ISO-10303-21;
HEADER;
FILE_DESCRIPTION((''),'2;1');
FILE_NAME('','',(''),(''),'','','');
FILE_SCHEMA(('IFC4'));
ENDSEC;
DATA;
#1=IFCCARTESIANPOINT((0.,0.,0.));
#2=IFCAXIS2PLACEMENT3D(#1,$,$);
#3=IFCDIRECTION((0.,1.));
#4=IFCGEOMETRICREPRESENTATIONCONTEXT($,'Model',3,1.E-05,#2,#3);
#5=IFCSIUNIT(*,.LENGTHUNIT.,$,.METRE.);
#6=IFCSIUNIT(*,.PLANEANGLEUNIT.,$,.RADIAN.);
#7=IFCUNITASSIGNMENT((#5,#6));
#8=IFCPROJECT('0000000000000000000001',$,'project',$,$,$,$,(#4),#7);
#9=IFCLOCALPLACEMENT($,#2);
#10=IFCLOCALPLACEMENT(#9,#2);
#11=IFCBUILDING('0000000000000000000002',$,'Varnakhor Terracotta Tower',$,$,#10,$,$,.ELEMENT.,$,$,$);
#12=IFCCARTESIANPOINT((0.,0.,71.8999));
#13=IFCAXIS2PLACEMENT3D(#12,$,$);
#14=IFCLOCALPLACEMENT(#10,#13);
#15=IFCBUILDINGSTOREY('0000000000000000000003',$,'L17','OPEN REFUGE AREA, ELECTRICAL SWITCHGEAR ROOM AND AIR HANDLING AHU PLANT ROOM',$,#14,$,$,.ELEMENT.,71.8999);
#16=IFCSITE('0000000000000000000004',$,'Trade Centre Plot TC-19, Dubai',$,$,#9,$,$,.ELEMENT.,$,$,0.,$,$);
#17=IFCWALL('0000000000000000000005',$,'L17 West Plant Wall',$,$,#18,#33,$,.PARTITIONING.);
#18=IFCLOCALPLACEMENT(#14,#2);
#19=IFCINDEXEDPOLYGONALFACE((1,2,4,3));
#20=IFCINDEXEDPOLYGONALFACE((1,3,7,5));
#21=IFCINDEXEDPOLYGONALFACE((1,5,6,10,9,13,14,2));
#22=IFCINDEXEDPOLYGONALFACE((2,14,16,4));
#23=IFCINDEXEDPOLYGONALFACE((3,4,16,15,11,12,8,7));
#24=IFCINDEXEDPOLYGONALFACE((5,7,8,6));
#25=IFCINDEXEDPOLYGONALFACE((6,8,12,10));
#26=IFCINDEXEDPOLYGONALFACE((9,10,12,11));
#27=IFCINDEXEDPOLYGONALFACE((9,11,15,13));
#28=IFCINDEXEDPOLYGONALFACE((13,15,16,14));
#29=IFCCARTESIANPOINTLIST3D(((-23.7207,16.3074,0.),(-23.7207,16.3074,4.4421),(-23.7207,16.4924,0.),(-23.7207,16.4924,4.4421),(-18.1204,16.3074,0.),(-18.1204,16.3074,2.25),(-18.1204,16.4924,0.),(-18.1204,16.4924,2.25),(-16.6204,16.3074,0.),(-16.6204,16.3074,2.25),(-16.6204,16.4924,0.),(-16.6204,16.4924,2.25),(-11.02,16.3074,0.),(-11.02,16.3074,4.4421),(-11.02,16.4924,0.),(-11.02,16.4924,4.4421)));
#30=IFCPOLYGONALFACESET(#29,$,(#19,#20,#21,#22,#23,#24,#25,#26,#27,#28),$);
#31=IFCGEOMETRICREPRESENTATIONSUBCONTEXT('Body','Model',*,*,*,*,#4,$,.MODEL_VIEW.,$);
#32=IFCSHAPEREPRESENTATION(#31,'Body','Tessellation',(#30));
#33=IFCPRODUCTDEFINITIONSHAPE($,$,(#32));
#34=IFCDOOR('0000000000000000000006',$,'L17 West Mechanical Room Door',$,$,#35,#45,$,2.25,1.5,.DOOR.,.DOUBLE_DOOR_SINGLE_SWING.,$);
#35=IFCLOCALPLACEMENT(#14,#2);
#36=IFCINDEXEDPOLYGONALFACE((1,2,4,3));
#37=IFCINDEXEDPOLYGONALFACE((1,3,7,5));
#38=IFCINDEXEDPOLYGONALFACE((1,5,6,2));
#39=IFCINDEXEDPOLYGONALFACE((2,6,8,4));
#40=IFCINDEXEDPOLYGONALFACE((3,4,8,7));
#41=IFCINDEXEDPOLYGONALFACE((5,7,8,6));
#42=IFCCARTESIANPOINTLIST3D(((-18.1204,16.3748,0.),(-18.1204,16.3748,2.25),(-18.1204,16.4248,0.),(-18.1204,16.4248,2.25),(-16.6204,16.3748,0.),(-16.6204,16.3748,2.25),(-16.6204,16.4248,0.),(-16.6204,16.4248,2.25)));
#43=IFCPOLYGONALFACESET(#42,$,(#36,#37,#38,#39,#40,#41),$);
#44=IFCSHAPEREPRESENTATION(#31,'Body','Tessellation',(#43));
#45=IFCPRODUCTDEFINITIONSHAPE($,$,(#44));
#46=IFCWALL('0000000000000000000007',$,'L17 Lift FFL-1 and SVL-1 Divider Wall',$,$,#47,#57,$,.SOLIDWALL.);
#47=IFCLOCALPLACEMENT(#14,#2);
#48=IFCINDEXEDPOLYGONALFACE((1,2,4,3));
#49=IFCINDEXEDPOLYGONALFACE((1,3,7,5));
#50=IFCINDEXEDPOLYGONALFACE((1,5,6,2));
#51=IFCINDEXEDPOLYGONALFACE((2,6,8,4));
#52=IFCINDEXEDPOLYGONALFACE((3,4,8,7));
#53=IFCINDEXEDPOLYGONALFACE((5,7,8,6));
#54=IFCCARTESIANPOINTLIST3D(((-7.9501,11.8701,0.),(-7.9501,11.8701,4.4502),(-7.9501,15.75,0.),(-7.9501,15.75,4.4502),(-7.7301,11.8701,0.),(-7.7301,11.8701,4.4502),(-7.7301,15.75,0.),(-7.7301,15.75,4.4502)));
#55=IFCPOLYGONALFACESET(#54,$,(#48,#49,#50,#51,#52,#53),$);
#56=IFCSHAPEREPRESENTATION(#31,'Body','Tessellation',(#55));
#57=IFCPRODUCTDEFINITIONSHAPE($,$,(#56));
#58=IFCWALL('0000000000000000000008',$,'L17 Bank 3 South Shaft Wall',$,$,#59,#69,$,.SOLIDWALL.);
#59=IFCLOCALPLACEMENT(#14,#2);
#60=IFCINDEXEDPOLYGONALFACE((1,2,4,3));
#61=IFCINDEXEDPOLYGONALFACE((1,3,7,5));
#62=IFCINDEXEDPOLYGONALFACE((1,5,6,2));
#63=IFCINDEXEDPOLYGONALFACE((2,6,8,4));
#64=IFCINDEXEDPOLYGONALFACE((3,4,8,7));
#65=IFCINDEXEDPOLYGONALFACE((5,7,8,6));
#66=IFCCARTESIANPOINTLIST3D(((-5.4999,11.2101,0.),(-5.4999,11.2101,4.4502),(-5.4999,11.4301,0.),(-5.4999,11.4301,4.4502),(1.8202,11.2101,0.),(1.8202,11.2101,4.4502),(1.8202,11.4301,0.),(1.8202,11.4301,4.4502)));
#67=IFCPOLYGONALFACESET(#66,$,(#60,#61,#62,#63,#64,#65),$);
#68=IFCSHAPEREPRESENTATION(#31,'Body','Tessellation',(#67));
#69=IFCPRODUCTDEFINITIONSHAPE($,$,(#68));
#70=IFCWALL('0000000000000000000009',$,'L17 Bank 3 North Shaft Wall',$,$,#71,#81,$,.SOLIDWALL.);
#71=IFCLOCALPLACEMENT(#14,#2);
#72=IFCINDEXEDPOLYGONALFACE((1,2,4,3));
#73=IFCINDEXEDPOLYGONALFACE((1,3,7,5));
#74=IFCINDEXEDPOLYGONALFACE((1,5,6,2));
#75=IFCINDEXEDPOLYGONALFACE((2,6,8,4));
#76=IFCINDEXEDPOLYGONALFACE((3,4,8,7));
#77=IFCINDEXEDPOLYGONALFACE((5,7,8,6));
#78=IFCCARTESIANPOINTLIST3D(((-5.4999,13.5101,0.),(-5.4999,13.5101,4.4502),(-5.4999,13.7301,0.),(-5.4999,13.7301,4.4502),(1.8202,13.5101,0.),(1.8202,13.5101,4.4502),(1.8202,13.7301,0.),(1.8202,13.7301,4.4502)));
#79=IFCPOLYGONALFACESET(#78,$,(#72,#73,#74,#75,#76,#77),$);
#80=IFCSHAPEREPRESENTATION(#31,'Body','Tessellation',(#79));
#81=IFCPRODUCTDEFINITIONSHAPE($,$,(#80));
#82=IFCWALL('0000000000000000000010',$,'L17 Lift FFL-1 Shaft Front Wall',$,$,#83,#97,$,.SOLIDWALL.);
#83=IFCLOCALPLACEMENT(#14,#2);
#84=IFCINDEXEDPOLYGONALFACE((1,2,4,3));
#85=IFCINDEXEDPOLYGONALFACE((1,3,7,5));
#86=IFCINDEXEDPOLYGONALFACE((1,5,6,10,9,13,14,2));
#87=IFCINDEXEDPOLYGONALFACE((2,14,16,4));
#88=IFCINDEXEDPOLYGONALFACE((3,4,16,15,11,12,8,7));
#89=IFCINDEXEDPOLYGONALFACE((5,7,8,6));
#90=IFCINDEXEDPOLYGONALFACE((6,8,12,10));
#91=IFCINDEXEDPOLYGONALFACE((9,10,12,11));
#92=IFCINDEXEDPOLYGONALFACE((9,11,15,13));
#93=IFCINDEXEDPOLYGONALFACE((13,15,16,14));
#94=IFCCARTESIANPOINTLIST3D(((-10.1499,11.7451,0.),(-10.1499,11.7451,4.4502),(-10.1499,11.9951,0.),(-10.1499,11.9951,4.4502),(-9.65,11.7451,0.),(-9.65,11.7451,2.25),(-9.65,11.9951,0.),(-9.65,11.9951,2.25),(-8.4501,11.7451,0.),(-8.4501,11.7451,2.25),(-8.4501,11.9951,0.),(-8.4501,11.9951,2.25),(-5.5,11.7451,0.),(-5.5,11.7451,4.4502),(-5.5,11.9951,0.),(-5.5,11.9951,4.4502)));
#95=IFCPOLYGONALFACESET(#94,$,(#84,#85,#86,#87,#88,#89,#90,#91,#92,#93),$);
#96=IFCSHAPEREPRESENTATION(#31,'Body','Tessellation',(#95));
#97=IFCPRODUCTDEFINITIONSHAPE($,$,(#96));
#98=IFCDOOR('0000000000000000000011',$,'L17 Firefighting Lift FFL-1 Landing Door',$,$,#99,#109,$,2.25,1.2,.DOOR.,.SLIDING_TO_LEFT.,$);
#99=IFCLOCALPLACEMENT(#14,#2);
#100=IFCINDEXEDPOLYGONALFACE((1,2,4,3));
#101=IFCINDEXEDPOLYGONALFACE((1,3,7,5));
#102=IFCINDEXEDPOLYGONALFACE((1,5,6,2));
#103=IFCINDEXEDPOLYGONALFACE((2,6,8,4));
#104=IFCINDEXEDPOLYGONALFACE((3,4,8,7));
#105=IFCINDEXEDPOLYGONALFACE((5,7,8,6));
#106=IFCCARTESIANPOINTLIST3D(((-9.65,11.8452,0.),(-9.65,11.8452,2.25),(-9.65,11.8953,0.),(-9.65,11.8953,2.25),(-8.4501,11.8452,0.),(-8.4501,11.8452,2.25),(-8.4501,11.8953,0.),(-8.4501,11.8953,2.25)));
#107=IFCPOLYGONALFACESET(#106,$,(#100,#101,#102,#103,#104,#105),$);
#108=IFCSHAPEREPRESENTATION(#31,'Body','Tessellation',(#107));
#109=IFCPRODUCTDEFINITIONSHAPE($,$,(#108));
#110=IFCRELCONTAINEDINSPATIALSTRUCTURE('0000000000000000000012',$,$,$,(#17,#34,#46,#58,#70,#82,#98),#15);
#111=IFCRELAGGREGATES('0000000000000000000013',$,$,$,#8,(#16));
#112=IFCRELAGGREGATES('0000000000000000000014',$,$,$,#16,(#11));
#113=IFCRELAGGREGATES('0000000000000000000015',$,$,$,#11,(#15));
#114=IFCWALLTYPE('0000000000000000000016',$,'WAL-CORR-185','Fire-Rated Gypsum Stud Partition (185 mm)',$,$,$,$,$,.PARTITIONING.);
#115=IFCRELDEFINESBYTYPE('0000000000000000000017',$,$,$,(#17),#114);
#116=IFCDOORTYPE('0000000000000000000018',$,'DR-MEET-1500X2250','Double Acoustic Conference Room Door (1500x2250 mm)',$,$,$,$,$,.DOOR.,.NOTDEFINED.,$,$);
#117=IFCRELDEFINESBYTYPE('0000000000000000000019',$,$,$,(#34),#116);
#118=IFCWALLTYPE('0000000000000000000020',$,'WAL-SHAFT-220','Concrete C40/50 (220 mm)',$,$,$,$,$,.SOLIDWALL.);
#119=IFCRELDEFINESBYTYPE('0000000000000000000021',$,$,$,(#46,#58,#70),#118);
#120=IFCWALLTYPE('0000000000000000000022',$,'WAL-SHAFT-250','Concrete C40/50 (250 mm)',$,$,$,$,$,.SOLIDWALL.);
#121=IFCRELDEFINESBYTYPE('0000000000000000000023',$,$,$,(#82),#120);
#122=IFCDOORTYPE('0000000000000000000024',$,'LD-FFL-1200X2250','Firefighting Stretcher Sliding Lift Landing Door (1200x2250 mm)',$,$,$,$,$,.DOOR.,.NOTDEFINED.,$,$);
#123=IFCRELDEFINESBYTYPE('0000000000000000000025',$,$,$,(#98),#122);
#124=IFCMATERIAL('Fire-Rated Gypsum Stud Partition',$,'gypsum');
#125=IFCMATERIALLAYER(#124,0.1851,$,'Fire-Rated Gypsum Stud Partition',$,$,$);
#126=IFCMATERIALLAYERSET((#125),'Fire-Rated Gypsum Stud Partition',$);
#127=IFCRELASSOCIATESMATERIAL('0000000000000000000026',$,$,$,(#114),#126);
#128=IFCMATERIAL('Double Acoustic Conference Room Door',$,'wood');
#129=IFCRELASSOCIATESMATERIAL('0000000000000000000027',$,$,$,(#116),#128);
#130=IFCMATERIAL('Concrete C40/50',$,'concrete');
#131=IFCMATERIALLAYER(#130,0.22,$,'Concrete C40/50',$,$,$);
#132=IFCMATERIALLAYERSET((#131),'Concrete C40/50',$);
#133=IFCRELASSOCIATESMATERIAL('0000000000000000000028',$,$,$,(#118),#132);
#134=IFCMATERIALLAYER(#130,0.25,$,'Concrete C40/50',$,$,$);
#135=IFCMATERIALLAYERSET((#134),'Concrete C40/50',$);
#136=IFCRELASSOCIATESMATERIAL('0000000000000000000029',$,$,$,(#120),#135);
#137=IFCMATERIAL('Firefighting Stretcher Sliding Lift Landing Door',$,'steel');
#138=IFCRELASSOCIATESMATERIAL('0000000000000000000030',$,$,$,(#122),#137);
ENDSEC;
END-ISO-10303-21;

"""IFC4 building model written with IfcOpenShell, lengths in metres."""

from ifc_helpers import new_model, si_unit, direction, frame, frame_2d, origin, place, context, subcontext, project, spatial, rectangle, extrude, source, transform, mapped, material, layer, layer_set, type_object, type_shapes, element, fill, save


model = new_model("IFC4")

# Units and contexts
model_context = context("Model", 3, precision=1e-05, world=origin(), true_north=direction((0.0, 1.0)))
body_context = subcontext(model_context, "Body", "Model", "MODEL_VIEW")
ifc_project = project(units=[si_unit("LENGTHUNIT", "METRE"), si_unit("PLANEANGLEUNIT", "RADIAN")], contexts=[model_context])

# Site, building, storey
site_placement = place(None, origin())
site = spatial("IfcSite", under=ifc_project, at=site_placement, Name="Trade Centre Plot TC-19, Dubai", CompositionType="ELEMENT", RefElevation=0.0)
building_placement = place(site_placement, origin())
building = spatial("IfcBuilding", under=site, at=building_placement, Name="Varnakhor Terracotta Tower", CompositionType="ELEMENT")
storey_placement = place(building_placement, frame((0.0, 0.0, 71.8999)))
storey = spatial("IfcBuildingStorey", under=building, at=storey_placement, Name="L17", Description="OPEN REFUGE AREA, ELECTRICAL SWITCHGEAR ROOM AND AIR HANDLING AHU PLANT ROOM", CompositionType="ELEMENT", Elevation=71.8999)

# Wall, opening, door
ifc_material_1 = material(Name="Fire-Rated Gypsum Stud Partition", Category="gypsum")
ifc_layer_1 = layer(ifc_material_1, 0.1851, Name="Fire-Rated Gypsum Stud Partition")
ifc_layer_set_1 = layer_set([ifc_layer_1], Name="Fire-Rated Gypsum Stud Partition")
wall_type_1 = type_object("IfcWallType", Name="WAL-CORR-185", Description="Fire-Rated Gypsum Stud Partition (185 mm)", PredefinedType="PARTITIONING", material=ifc_layer_set_1)
wall_1_placement = place(storey_placement, frame((-23.7207, 16.3999, 0.0), z_axis=(0.0, 0.0, 1.0), x_axis=(1.0, 0.0, 0.0)))
wall_1 = element("IfcWall", 1, at=wall_1_placement, inside=storey, type_object=wall_type_1, Name="L17 West Plant Wall", PredefinedType="PARTITIONING", context=body_context, shape_type="SweptSolid", body=[
    extrude(rectangle(XDim=12.7007, YDim=0.1851, at=frame_2d((6.3503, 0.0))), origin(), (0.0, 0.0, 1.0), 4.4421),
])
opening_1_placement = place(wall_1_placement, frame((5.6003, 0.0, 0.0)))
opening_1 = element("IfcOpeningElement", 2, at=opening_1_placement, cuts=wall_1, PredefinedType="OPENING", context=body_context, shape_type="SweptSolid", body=[
    extrude(rectangle(XDim=1.5, YDim=2.25, at=frame_2d((0.75, 1.125))), frame((0.0, 0.1025, 0.0), z_axis=(0.0, -1.0, 0.0), x_axis=(1.0, 0.0, 0.0)), (0.0, 0.0, 1.0), 0.2051),
])
ifc_material_2 = material(Name="Double Acoustic Conference Room Door", Category="wood")
door_type_1 = type_object("IfcDoorType", Name="DR-MEET-1500X2250", Description="Double Acoustic Conference Room Door (1500x2250 mm)", OperationType="NOTDEFINED", PredefinedType="DOOR", material=ifc_material_2)
shared_shape_1 = source(origin(), body_context, "Body", "SweptSolid", [
    extrude(rectangle(XDim=1.5, YDim=2.25, at=frame_2d((0.75, 1.125))), frame((0.0, 0.0249, 0.0), z_axis=(0.0, -1.0, 0.0), x_axis=(1.0, 0.0, 0.0)), (0.0, 0.0, 1.0), 0.05),
])
type_shapes(door_type_1, [shared_shape_1])
door_1_placement = place(opening_1_placement, origin())
door_1 = element("IfcDoor", 3, at=door_1_placement, inside=storey, type_object=door_type_1, Name="L17 West Mechanical Room Door", OperationType="DOUBLE_DOOR_SINGLE_SWING", OverallHeight=2.25, OverallWidth=1.5, PredefinedType="DOOR", context=body_context, shape_type="MappedRepresentation", body=[
    mapped(shared_shape_1, transform((0.0, 0.0, 0.0), scale=1.0)),
])
fill(opening_1, door_1)

# Walls
ifc_material_3 = material(Name="Concrete C40/50", Category="concrete")
ifc_layer_2 = layer(ifc_material_3, 0.22, Name="Concrete C40/50")
ifc_layer_set_2 = layer_set([ifc_layer_2], Name="Concrete C40/50")
wall_type_2 = type_object("IfcWallType", Name="WAL-SHAFT-220", Description="Concrete C40/50 (220 mm)", PredefinedType="SOLIDWALL", material=ifc_layer_set_2)
wall_2_placement = place(storey_placement, frame((-7.8401, 11.8701, 0.0), z_axis=(0.0, 0.0, 1.0), x_axis=(0.0, 1.0, 0.0)))
element("IfcWall", 4, at=wall_2_placement, inside=storey, type_object=wall_type_2, Name="L17 Lift FFL-1 and SVL-1 Divider Wall", PredefinedType="SOLIDWALL", context=body_context, shape_type="SweptSolid", body=[
    extrude(rectangle(XDim=3.8799, YDim=0.22, at=frame_2d((1.9399, 0.0))), origin(), (0.0, 0.0, 1.0), 4.4502),
])
for number, where, z_axis, x_axis, name in (
    (5, (-5.5, 11.3201, 0.0), (0.0, 0.0, 1.0), (1.0, 0.0, 0.0), "L17 Bank 3 South Shaft Wall"),
    (6, (-5.5, 13.6201, 0.0), (0.0, 0.0, 1.0), (1.0, 0.0, 0.0), "L17 Bank 3 North Shaft Wall"),
):
    element("IfcWall", number, at=place(storey_placement, frame(where, z_axis=z_axis, x_axis=x_axis)), inside=storey, type_object=wall_type_2, Name=name, PredefinedType="SOLIDWALL", context=body_context, shape_type="SweptSolid", body=[
        extrude(rectangle(XDim=7.3201, YDim=0.22, at=frame_2d((3.6602, 0.0))), origin(), (0.0, 0.0, 1.0), 4.4502),
    ])

# Wall, opening, door
ifc_layer_3 = layer(ifc_material_3, 0.25, Name="Concrete C40/50")
ifc_layer_set_3 = layer_set([ifc_layer_3], Name="Concrete C40/50")
wall_type_3 = type_object("IfcWallType", Name="WAL-SHAFT-250", Description="Concrete C40/50 (250 mm)", PredefinedType="SOLIDWALL", material=ifc_layer_set_3)
wall_3_placement = place(storey_placement, frame((-5.5, 11.8701, 0.0), z_axis=(0.0, 0.0, 1.0), x_axis=(-1.0, 0.0, 0.0)))
wall_3 = element("IfcWall", 7, at=wall_3_placement, inside=storey, type_object=wall_type_3, Name="L17 Lift FFL-1 Shaft Front Wall", PredefinedType="SOLIDWALL", context=body_context, shape_type="SweptSolid", body=[
    extrude(rectangle(XDim=4.6499, YDim=0.25, at=frame_2d((2.325, 0.0))), origin(), (0.0, 0.0, 1.0), 4.4502),
])
opening_2_placement = place(wall_3_placement, frame((2.95, 0.0, 0.0)))
opening_2 = element("IfcOpeningElement", 8, at=opening_2_placement, cuts=wall_3, PredefinedType="OPENING", context=body_context, shape_type="SweptSolid", body=[
    extrude(rectangle(XDim=1.2, YDim=2.25, at=frame_2d((0.6001, 1.125))), frame((0.0, 0.135, 0.0), z_axis=(0.0, -1.0, 0.0), x_axis=(1.0, 0.0, 0.0)), (0.0, 0.0, 1.0), 0.27),
])
ifc_material_4 = material(Name="Firefighting Stretcher Sliding Lift Landing Door", Category="steel")
door_type_2 = type_object("IfcDoorType", Name="LD-FFL-1200X2250", Description="Firefighting Stretcher Sliding Lift Landing Door (1200x2250 mm)", OperationType="NOTDEFINED", PredefinedType="DOOR", material=ifc_material_4)
shared_shape_2 = source(origin(), body_context, "Body", "SweptSolid", [
    extrude(rectangle(XDim=1.2, YDim=2.25, at=frame_2d((0.6001, 1.125))), frame((0.0, 0.0249, 0.0), z_axis=(0.0, -1.0, 0.0), x_axis=(1.0, 0.0, 0.0)), (0.0, 0.0, 1.0), 0.05),
])
type_shapes(door_type_2, [shared_shape_2])
door_2_placement = place(opening_2_placement, origin())
door_2 = element("IfcDoor", 9, at=door_2_placement, inside=storey, type_object=door_type_2, Name="L17 Firefighting Lift FFL-1 Landing Door", OperationType="SLIDING_TO_LEFT", OverallHeight=2.25, OverallWidth=1.2, PredefinedType="DOOR", context=body_context, shape_type="MappedRepresentation", body=[
    mapped(shared_shape_2, transform((0.0, 0.0, 0.0), scale=1.0)),
])
fill(opening_2, door_2)

save(model, "model.ifc")
